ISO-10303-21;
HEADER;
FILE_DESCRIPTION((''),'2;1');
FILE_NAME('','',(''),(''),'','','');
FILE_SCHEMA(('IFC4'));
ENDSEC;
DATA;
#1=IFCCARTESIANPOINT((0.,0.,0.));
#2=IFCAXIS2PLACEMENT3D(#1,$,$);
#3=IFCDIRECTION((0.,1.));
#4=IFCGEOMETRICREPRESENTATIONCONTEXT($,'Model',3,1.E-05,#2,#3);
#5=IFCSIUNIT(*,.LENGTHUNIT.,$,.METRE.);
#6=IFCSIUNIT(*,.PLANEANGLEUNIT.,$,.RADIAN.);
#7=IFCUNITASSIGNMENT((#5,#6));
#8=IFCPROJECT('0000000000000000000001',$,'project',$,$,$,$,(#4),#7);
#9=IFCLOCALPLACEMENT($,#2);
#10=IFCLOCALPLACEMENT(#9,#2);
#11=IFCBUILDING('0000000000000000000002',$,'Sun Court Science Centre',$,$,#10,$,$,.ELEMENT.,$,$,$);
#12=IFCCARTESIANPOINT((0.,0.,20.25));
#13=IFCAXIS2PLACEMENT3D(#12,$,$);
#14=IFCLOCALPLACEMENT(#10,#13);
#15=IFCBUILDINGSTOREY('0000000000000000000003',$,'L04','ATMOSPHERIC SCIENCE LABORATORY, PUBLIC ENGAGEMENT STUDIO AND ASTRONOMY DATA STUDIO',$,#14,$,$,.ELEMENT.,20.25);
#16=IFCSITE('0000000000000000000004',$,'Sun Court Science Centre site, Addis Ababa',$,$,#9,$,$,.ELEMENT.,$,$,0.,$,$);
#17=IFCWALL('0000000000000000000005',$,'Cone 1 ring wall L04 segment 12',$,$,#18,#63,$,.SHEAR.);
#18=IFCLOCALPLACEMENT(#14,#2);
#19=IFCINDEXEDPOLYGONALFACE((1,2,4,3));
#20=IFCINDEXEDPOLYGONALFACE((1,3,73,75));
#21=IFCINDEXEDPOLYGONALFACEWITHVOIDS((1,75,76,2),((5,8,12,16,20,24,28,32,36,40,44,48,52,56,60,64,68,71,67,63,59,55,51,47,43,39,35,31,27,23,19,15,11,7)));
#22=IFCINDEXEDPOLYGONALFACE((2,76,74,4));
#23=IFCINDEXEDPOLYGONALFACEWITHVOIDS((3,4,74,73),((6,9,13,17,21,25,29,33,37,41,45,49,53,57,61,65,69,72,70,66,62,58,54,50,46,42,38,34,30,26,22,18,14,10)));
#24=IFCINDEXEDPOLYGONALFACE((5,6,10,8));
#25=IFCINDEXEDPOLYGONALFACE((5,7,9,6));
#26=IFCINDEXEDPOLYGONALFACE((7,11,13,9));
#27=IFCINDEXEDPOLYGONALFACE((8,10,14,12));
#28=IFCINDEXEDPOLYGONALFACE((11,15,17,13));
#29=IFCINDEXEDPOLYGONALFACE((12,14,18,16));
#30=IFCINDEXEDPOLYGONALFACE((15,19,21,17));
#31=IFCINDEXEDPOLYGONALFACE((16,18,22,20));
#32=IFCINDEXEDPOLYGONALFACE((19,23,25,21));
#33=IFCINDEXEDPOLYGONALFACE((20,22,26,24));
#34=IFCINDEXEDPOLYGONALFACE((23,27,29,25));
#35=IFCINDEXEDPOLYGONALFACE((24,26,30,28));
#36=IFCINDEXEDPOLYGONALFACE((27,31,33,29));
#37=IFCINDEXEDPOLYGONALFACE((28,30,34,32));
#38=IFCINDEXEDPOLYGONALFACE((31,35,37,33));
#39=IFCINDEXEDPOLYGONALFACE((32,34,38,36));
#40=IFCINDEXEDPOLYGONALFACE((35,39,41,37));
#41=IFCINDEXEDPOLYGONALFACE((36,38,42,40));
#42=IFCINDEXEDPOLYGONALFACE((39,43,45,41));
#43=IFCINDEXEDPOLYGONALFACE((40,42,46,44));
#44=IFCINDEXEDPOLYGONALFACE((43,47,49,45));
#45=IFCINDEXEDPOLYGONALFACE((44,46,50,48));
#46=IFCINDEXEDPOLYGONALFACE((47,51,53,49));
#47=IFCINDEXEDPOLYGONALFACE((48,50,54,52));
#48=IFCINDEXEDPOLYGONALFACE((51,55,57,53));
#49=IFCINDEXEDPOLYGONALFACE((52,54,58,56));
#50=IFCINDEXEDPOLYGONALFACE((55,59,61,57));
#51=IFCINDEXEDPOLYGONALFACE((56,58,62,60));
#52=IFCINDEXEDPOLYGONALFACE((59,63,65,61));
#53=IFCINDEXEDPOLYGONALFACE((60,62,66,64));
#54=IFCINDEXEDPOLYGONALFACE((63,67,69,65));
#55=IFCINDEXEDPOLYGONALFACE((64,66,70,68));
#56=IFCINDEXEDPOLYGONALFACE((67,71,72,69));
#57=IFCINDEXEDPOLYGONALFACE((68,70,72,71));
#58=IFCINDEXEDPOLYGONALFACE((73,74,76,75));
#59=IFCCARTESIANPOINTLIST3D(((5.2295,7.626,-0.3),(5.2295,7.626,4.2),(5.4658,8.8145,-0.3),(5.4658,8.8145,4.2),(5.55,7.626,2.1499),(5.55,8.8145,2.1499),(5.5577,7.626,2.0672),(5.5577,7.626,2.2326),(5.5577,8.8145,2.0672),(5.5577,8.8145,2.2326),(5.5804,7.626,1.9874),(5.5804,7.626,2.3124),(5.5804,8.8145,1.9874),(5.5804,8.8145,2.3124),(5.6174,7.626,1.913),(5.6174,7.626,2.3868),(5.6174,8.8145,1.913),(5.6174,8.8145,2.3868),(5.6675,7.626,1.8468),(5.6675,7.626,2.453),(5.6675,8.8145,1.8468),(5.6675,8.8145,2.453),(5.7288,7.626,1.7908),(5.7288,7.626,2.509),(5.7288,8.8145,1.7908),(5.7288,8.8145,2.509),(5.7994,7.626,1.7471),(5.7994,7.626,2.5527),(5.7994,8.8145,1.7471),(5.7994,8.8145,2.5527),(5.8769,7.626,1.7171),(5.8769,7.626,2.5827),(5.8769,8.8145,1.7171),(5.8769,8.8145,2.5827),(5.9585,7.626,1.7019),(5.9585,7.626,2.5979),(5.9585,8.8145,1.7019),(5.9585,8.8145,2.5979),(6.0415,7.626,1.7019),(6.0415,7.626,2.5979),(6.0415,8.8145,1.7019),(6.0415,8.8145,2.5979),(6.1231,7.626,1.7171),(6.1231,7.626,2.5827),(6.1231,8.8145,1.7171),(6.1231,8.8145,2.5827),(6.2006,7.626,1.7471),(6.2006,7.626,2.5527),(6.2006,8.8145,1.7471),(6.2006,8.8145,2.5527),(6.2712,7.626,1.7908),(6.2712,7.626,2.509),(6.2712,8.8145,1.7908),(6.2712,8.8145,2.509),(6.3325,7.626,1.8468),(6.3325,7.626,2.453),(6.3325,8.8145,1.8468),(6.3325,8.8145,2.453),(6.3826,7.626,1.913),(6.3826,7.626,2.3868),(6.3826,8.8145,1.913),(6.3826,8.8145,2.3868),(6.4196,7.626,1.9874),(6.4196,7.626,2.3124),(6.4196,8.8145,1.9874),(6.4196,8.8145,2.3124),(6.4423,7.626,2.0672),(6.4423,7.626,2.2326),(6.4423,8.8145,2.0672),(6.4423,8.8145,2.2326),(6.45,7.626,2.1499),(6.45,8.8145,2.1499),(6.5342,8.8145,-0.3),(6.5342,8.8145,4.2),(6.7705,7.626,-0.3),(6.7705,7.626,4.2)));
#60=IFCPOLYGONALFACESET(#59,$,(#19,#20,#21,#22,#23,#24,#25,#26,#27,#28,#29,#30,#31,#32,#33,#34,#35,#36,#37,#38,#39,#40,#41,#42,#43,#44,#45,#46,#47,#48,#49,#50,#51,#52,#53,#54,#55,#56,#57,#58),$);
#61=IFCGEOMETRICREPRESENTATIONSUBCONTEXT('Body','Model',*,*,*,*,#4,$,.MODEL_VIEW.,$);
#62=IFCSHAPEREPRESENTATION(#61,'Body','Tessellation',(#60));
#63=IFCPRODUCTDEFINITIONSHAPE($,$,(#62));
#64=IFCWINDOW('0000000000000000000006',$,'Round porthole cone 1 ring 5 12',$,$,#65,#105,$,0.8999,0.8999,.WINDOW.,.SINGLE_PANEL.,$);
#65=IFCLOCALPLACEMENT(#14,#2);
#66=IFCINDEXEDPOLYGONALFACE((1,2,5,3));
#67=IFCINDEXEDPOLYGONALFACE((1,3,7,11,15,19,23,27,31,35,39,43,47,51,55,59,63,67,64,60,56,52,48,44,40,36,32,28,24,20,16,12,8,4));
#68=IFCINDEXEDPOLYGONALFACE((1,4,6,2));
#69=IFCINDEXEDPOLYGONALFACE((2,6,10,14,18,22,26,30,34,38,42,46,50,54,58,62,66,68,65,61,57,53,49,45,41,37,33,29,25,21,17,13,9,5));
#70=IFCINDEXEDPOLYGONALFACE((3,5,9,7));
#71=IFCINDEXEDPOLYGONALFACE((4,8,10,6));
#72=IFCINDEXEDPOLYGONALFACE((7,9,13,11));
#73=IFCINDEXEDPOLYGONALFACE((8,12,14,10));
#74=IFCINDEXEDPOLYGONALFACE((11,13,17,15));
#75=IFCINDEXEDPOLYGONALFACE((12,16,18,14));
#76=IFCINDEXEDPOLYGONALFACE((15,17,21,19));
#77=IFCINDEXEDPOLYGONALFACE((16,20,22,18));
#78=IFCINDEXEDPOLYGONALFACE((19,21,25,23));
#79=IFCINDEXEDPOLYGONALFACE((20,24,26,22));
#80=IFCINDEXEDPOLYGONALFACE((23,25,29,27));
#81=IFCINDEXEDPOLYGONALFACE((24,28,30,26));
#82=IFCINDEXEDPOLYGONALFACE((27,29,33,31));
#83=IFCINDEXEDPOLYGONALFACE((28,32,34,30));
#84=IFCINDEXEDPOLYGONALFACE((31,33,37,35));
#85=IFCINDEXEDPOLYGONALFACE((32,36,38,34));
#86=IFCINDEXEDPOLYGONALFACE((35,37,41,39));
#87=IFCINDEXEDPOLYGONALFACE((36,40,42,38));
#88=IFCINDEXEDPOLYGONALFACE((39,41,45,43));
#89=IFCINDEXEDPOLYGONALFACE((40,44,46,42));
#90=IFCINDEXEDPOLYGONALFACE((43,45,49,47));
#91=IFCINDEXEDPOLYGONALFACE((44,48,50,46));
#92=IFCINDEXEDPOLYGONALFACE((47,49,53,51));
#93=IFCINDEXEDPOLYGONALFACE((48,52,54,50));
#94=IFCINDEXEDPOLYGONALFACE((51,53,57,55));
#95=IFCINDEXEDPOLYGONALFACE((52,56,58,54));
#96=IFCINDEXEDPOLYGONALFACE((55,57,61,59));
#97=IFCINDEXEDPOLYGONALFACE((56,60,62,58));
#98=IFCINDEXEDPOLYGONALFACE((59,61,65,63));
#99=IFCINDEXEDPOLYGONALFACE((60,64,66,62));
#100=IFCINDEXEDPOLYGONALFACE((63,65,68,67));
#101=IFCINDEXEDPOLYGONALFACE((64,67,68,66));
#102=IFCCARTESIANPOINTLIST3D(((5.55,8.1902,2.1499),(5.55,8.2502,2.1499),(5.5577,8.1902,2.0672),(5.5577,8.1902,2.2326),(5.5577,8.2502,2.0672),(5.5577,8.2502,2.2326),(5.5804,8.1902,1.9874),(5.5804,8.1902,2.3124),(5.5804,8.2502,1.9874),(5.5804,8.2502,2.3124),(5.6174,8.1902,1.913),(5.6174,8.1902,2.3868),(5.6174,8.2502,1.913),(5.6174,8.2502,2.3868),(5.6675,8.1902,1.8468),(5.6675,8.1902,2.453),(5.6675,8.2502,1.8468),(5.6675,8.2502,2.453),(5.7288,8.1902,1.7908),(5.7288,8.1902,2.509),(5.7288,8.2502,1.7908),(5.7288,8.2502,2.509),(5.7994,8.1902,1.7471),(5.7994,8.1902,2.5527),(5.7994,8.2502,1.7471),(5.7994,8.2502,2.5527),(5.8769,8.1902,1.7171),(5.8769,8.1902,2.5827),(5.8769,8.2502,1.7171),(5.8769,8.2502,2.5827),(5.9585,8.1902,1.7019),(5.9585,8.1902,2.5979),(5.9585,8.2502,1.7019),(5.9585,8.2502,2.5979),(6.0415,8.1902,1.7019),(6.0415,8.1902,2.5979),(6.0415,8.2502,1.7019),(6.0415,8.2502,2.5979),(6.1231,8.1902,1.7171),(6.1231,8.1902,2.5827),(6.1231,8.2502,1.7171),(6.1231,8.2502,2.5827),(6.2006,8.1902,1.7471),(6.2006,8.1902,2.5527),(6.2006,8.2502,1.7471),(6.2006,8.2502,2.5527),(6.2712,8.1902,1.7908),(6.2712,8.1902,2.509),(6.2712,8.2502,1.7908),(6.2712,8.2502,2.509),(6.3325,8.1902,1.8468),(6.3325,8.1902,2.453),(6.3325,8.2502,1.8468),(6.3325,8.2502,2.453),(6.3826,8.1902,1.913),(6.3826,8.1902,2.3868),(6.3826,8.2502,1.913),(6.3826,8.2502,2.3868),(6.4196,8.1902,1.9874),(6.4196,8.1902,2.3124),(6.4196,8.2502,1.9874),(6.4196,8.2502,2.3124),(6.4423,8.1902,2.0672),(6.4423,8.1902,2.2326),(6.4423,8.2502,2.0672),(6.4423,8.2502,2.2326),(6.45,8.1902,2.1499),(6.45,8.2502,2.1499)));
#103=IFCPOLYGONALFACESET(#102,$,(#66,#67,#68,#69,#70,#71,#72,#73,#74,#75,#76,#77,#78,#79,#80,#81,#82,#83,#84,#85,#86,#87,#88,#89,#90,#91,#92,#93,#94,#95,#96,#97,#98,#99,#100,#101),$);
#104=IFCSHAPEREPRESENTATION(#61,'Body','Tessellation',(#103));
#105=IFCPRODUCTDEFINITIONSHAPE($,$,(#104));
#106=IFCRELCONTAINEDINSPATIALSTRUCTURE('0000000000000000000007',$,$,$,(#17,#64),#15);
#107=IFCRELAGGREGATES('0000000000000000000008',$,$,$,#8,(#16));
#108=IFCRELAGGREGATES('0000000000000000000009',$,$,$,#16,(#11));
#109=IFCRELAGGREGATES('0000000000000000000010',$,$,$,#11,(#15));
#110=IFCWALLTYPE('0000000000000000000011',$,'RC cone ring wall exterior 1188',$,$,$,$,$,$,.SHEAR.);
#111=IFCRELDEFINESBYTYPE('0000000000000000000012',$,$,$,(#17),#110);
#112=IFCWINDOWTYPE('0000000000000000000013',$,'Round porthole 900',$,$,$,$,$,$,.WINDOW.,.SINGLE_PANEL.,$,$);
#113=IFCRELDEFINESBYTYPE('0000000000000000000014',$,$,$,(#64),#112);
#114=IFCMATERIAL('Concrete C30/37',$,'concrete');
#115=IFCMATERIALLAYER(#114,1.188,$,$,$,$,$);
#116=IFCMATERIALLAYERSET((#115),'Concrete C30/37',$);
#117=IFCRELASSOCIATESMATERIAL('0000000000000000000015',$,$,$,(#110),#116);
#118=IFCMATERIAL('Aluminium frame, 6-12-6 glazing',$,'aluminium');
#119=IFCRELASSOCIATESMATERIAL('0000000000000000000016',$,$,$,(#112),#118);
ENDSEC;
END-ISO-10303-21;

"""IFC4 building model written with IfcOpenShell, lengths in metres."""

from ifc_helpers import new_model, si_unit, direction, frame, frame_2d, origin, place, context, subcontext, project, spatial, polyline, circle, outline, extrude, material, layer, layer_set, type_object, element, fill, save


model = new_model("IFC4")

# Units and contexts
model_context = context("Model", 3, precision=1e-05, world=origin(), true_north=direction((0.0, 1.0)))
body_context = subcontext(model_context, "Body", "Model", "MODEL_VIEW")
ifc_project = project(units=[si_unit("LENGTHUNIT", "METRE"), si_unit("PLANEANGLEUNIT", "RADIAN")], contexts=[model_context])

# Site, building, storey
site_placement = place(None, origin())
site = spatial("IfcSite", under=ifc_project, at=site_placement, Name="Sun Court Science Centre site, Addis Ababa", CompositionType="ELEMENT", RefElevation=0.0)
building_placement = place(site_placement, origin())
building = spatial("IfcBuilding", under=site, at=building_placement, Name="Sun Court Science Centre", CompositionType="ELEMENT")
storey_placement = place(building_placement, frame((0.0, 0.0, 20.25)))
storey = spatial("IfcBuildingStorey", under=building, at=storey_placement, Name="L04", Description="ATMOSPHERIC SCIENCE LABORATORY, PUBLIC ENGAGEMENT STUDIO AND ASTRONOMY DATA STUDIO", CompositionType="ELEMENT", Elevation=20.25)

# Wall, opening, window
ifc_material_1 = material(Name="Concrete C30/37", Category="concrete")
ifc_layer_1 = layer(ifc_material_1, 1.188)
ifc_layer_set_1 = layer_set([ifc_layer_1], Name="Concrete C30/37")
wall_type = type_object("IfcWallType", Name="RC cone ring wall exterior 1188", PredefinedType="SHEAR", material=ifc_layer_set_1)
ifc_material_2 = material(Name="Aluminium frame, 6-12-6 glazing", Category="aluminium")
window_type = type_object("IfcWindowType", Name="Round porthole 900", PartitioningType="SINGLE_PANEL", PredefinedType="WINDOW", material=ifc_material_2)
wall_1_placement = place(storey_placement, frame((5.2295, 8.2202, -0.3), z_axis=(0.0, 0.0, 1.0), x_axis=(1.0, 0.0, 0.0)))
wall_1 = element("IfcWall", 1, at=wall_1_placement, inside=storey, type_object=wall_type, Name="Cone 1 ring wall L04 segment 12", PredefinedType="SHEAR", context=body_context, shape_type="SweptSolid", body=[
    extrude(outline(polyline([(0.0, -0.5942), (1.541, -0.5942), (1.3047, 0.5942), (0.2363, 0.5942), (0.0, -0.5942)])), origin(), (0.0, 0.0, 1.0), 4.5),
])
opening_1_placement = place(wall_1_placement, frame((0.3206, 0.0, 2.0)))
opening_1 = element("IfcOpeningElement", 2, at=opening_1_placement, cuts=wall_1, PredefinedType="OPENING", context=body_context, shape_type="SweptSolid", body=[
    extrude(circle(Radius=0.45, at=frame_2d((0.45, 0.45))), frame((0.0, 0.6042, 0.0), z_axis=(0.0, -1.0, 0.0), x_axis=(1.0, 0.0, 0.0)), (0.0, 0.0, 1.0), 1.2085),
])
window_1_placement = place(opening_1_placement, origin())
window_1 = element("IfcWindow", 3, at=window_1_placement, inside=storey, type_object=window_type, Name="Round porthole cone 1 ring 5 12", OverallHeight=0.8999, OverallWidth=0.8999, PartitioningType="SINGLE_PANEL", PredefinedType="WINDOW", context=body_context, shape_type="SweptSolid", body=[
    extrude(circle(Radius=0.45, at=frame_2d((0.45, 0.45))), frame((0.0, 0.03, 0.0), z_axis=(0.0, -1.0, 0.0), x_axis=(1.0, 0.0, 0.0)), (0.0, 0.0, 1.0), 0.0601),
])
fill(opening_1, window_1)

save(model, "model.ifc")
